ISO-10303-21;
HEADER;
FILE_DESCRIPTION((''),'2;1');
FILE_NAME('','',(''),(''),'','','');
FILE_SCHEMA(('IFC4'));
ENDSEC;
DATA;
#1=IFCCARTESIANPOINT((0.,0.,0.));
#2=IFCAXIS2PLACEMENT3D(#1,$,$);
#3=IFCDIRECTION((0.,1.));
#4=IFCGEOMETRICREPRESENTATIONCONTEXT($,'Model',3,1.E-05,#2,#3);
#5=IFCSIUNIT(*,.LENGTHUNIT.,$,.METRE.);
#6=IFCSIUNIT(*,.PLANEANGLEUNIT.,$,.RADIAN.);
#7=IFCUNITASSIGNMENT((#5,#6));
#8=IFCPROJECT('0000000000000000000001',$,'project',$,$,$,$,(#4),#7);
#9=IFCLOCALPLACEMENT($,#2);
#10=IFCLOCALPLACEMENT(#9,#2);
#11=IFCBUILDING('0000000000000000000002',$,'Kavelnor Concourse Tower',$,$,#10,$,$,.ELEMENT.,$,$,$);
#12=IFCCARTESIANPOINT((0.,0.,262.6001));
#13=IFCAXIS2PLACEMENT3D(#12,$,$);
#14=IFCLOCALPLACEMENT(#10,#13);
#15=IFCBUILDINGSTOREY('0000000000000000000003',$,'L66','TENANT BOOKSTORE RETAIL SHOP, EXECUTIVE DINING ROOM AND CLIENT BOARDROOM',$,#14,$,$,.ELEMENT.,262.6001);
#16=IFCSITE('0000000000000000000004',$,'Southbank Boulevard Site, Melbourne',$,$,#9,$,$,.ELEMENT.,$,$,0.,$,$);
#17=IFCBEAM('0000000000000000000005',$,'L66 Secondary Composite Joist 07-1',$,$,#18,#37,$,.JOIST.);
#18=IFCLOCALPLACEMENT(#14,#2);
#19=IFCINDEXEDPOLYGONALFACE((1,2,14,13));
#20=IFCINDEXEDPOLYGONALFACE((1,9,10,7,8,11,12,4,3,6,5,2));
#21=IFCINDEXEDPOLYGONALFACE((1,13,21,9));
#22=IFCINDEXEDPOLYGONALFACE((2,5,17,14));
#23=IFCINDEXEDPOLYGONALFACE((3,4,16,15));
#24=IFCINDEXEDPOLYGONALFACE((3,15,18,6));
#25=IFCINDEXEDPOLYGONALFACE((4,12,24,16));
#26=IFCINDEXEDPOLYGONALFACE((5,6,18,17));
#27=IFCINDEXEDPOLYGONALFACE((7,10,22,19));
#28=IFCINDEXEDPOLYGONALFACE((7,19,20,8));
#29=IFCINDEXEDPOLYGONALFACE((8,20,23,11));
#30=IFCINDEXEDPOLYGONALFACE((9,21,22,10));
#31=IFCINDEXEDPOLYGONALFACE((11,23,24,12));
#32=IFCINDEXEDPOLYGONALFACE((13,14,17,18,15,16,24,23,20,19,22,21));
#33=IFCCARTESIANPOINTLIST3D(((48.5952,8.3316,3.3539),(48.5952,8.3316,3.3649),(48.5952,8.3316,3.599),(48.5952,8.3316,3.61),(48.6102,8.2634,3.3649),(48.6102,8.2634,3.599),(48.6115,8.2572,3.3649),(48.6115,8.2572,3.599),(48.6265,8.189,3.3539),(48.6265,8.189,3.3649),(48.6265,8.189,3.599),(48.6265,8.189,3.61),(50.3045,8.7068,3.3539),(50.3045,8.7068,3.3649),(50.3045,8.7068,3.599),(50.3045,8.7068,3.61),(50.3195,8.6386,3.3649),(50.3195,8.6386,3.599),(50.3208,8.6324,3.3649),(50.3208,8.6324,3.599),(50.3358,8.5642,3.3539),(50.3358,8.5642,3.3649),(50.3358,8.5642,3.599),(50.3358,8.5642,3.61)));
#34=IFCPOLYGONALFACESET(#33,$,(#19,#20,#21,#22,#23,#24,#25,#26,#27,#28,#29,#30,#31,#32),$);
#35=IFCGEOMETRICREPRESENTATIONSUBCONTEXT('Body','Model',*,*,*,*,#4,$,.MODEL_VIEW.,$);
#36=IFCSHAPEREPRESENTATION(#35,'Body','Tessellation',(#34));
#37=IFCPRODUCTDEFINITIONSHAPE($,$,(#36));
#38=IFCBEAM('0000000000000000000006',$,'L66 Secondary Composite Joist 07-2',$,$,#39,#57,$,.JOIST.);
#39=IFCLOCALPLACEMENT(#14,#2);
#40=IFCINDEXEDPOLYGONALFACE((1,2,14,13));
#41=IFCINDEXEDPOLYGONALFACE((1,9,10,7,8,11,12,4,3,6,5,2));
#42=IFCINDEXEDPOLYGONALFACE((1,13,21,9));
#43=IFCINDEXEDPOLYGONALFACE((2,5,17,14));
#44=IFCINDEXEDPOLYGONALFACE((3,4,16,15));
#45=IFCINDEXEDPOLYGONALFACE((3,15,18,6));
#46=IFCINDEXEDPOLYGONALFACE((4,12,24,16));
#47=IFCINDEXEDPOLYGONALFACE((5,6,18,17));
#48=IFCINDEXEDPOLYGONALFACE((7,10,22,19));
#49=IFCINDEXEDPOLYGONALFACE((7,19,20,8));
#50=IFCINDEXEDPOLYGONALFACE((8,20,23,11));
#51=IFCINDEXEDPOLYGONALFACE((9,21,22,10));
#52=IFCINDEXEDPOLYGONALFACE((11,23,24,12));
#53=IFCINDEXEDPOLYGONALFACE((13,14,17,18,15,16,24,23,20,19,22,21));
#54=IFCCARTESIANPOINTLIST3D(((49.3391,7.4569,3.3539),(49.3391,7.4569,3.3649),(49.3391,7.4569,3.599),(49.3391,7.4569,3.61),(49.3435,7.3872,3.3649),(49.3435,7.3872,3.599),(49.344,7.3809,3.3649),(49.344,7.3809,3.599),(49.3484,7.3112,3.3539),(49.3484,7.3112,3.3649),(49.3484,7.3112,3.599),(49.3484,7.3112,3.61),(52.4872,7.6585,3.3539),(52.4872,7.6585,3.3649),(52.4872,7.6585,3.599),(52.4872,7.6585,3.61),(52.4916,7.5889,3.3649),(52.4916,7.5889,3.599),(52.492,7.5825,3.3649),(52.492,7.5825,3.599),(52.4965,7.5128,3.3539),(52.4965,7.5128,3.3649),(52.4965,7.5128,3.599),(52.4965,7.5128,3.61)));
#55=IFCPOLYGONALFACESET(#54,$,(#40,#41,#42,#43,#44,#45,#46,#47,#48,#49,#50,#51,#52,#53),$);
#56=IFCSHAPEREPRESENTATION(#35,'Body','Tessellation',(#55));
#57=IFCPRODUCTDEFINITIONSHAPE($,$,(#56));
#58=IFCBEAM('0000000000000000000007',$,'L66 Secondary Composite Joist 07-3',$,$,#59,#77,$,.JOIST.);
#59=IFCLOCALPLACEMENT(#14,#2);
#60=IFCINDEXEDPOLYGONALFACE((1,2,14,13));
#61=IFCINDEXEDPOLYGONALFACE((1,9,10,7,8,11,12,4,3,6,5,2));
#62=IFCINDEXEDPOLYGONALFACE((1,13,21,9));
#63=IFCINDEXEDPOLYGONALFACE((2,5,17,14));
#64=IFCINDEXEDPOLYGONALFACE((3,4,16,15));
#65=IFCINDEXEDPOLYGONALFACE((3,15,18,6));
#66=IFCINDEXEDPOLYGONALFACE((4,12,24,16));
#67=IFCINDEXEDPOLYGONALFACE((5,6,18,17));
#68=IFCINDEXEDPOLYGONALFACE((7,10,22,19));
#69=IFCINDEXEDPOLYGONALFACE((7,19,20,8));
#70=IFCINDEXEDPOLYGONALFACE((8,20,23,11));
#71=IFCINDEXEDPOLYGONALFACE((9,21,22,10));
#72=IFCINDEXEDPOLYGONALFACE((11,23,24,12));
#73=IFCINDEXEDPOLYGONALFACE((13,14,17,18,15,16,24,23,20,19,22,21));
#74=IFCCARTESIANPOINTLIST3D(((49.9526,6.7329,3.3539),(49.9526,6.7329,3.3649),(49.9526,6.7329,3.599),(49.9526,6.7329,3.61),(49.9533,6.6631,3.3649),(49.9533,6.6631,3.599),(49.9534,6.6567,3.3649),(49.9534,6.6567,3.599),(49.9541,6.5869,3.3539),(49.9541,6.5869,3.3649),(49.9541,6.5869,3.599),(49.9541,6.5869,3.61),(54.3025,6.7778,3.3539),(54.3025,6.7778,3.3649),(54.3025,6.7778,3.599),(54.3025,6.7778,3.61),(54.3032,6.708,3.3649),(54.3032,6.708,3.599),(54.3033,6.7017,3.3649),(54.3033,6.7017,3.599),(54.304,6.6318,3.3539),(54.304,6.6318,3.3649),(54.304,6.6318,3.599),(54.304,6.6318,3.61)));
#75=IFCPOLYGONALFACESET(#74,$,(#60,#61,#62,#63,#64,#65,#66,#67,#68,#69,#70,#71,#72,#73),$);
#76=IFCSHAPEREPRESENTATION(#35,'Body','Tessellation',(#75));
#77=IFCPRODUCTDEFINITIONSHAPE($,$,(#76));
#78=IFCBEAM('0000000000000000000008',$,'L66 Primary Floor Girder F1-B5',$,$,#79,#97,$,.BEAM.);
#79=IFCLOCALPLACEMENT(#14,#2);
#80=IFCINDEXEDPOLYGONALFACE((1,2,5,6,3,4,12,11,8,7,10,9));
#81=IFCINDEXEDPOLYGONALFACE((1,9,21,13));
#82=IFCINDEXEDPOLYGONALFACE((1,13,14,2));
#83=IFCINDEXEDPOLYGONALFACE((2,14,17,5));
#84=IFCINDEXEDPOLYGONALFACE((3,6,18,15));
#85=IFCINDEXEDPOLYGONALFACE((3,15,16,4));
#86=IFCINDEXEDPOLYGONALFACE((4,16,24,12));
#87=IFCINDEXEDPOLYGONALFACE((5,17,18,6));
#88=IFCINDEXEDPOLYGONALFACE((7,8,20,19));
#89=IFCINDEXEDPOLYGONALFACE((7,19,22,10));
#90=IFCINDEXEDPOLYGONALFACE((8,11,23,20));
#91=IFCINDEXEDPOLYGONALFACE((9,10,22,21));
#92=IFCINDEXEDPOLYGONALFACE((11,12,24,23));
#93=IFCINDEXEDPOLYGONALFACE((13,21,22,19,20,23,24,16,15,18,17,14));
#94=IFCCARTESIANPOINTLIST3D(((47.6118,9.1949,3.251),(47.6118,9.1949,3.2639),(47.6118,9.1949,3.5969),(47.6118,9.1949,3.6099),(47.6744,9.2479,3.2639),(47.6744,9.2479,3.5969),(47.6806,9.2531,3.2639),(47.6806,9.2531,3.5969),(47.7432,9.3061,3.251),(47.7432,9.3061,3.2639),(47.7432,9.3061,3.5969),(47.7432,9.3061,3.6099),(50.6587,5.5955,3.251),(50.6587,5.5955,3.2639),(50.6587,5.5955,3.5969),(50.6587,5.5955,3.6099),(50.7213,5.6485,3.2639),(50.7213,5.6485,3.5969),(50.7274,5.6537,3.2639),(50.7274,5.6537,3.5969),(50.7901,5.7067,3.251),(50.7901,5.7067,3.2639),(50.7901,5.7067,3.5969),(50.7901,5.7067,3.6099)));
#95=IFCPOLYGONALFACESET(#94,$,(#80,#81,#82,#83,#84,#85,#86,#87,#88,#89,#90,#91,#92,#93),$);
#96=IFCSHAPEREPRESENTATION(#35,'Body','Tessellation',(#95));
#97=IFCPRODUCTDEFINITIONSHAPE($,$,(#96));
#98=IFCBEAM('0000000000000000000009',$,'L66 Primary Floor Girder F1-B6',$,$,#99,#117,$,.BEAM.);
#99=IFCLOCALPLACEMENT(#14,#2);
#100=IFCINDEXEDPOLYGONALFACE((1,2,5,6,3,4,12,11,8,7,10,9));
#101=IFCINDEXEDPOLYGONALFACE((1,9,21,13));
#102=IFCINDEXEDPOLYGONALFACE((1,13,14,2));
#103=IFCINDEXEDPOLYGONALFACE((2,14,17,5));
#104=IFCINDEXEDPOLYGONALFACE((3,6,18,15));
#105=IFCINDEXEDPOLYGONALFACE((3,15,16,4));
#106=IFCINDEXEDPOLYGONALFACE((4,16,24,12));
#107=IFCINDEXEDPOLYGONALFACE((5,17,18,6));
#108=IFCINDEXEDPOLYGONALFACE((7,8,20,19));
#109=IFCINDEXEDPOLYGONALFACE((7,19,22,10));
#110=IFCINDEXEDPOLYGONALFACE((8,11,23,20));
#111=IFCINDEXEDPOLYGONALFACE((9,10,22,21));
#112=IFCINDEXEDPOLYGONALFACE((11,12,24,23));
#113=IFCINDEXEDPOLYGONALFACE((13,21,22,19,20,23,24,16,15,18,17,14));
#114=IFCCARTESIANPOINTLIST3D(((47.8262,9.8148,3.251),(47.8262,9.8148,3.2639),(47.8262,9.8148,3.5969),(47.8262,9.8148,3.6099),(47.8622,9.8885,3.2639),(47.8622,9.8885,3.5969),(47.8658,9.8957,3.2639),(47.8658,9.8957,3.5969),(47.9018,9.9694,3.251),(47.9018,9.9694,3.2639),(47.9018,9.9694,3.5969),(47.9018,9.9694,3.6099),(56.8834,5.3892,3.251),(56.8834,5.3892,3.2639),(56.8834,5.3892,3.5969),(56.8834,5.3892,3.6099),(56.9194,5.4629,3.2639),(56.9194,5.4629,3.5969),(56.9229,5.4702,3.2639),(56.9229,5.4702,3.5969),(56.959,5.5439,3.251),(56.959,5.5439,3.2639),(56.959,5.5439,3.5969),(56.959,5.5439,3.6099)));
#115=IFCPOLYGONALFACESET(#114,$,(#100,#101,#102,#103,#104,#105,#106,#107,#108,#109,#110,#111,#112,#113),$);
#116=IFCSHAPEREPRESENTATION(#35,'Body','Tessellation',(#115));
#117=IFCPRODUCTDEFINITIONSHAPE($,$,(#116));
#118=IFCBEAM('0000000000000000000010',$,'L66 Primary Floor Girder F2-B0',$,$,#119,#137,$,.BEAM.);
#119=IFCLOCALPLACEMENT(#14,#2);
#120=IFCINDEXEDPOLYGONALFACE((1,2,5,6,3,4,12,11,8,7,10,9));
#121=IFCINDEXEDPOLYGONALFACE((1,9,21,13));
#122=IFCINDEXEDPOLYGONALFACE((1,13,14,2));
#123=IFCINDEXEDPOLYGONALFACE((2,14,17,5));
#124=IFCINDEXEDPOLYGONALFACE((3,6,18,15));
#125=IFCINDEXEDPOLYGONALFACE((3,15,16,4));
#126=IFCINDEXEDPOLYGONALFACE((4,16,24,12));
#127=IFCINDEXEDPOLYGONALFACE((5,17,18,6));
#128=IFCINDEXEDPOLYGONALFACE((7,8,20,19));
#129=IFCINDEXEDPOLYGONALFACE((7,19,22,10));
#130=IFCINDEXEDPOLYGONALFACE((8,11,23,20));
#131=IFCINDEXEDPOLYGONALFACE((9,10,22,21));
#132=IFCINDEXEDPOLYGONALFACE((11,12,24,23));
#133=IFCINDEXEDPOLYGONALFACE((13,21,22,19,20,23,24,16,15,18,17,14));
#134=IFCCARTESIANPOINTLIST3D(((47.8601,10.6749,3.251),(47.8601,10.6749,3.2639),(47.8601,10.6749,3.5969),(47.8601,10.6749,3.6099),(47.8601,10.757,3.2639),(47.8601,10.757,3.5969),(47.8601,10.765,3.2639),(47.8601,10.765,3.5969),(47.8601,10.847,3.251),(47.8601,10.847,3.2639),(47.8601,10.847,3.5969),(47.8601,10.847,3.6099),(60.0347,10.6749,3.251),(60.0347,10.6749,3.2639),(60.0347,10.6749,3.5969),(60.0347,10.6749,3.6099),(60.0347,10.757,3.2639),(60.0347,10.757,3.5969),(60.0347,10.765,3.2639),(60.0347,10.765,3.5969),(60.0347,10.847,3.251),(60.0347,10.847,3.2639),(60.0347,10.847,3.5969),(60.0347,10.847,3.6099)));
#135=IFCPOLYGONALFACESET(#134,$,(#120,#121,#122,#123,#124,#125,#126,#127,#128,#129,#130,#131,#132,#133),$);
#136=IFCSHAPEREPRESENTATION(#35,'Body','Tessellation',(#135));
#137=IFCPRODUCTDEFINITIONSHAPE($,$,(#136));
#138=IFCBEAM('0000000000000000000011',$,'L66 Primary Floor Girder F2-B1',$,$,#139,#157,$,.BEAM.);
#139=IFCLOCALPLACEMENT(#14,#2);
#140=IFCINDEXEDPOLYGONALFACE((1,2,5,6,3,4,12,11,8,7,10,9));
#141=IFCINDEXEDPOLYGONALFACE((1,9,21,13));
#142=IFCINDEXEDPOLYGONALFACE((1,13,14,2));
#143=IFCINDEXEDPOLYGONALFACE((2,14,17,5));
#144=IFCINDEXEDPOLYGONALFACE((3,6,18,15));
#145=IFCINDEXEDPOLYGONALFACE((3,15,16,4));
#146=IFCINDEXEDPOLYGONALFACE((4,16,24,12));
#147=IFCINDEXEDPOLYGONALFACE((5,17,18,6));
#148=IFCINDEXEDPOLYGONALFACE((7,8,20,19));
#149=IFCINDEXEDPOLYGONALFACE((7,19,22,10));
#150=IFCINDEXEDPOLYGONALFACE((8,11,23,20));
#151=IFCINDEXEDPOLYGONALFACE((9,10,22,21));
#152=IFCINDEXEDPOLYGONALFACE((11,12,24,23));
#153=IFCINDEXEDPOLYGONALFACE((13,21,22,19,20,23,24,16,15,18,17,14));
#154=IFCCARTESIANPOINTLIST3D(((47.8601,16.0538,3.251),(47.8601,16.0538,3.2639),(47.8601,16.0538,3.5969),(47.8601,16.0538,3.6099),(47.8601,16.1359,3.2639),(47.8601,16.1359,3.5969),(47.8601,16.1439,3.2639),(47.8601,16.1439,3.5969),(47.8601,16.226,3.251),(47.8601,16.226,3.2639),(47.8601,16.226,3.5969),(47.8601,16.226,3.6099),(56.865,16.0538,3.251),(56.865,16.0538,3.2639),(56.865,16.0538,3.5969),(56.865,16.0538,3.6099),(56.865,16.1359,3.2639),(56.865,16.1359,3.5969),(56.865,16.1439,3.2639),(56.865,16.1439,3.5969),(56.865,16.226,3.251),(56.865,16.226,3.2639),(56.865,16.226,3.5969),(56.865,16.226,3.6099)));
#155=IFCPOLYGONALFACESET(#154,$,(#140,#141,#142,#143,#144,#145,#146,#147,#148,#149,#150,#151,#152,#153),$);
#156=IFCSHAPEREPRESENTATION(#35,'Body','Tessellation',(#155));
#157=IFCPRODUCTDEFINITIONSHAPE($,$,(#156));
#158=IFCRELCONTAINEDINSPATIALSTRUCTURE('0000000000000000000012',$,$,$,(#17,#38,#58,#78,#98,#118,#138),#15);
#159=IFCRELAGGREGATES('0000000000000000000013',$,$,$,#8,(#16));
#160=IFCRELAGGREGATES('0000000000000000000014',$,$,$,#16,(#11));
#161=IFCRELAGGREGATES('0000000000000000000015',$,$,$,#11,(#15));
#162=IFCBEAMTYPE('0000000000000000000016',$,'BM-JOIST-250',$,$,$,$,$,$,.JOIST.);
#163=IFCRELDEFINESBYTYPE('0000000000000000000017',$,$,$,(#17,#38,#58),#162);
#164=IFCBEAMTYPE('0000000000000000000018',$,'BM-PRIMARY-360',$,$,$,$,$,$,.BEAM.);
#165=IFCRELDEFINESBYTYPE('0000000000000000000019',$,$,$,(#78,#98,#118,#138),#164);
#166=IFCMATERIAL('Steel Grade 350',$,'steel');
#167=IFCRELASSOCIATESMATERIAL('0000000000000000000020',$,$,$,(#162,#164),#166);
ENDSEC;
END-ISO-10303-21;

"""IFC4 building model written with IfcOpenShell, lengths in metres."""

from ifc_helpers import new_model, si_unit, direction, frame, origin, origin_2d, place, context, subcontext, project, spatial, i_section, extrude, material, material_profile, profile_set, type_object, element, save


model = new_model("IFC4")

# Units and contexts
model_context = context("Model", 3, precision=1e-05, world=origin(), true_north=direction((0.0, 1.0)))
body_context = subcontext(model_context, "Body", "Model", "MODEL_VIEW")
ifc_project = project(units=[si_unit("LENGTHUNIT", "METRE"), si_unit("PLANEANGLEUNIT", "RADIAN")], contexts=[model_context])

# Site, building, storey
site_placement = place(None, origin())
site = spatial("IfcSite", under=ifc_project, at=site_placement, Name="Southbank Boulevard Site, Melbourne", CompositionType="ELEMENT", RefElevation=0.0)
building_placement = place(site_placement, origin())
building = spatial("IfcBuilding", under=site, at=building_placement, Name="Kavelnor Concourse Tower", CompositionType="ELEMENT")
storey_placement = place(building_placement, frame((0.0, 0.0, 262.6001)))
storey = spatial("IfcBuildingStorey", under=building, at=storey_placement, Name="L66", Description="TENANT BOOKSTORE RETAIL SHOP, EXECUTIVE DINING ROOM AND CLIENT BOARDROOM", CompositionType="ELEMENT", Elevation=262.6001)

# Beams
ifc_material_1 = material(Name="Steel Grade 350", Category="steel")
ifc_material_profile_1 = material_profile(ifc_material_1, i_section(OverallWidth=0.146, OverallDepth=0.2561, WebThickness=0.0063, FlangeThickness=0.011, at=origin_2d()), Name="250UB37")
ifc_profile_set_1 = profile_set([ifc_material_profile_1], Name="Steel Grade 350")
beam_type_1 = type_object("IfcBeamType", Name="BM-JOIST-250", PredefinedType="JOIST", material=ifc_profile_set_1)
beam_1_placement = place(storey_placement, frame((48.6108, 8.2603, 3.4819), z_axis=(0.976739, 0.214433, 0.0), x_axis=(-0.214433, 0.976739, 0.0)))
element("IfcBeam", 1, at=beam_1_placement, inside=storey, type_object=beam_type_1, Name="L66 Secondary Composite Joist 07-1", PredefinedType="JOIST", context=body_context, shape_type="SweptSolid", body=[
    extrude(i_section(OverallWidth=0.146, OverallDepth=0.2561, WebThickness=0.0063, FlangeThickness=0.011, at=origin_2d()), origin(), (0.0, 0.0, 1.0), 1.75),
])
beam_2_placement = place(storey_placement, frame((49.3438, 7.384, 3.4819), z_axis=(0.997955, 0.063925, 0.0), x_axis=(-0.063925, 0.997955, 0.0)))
element("IfcBeam", 2, at=beam_2_placement, inside=storey, type_object=beam_type_1, Name="L66 Secondary Composite Joist 07-2", PredefinedType="JOIST", context=body_context, shape_type="SweptSolid", body=[
    extrude(i_section(OverallWidth=0.146, OverallDepth=0.2561, WebThickness=0.0063, FlangeThickness=0.011, at=origin_2d()), origin(), (0.0, 0.0, 1.0), 3.1545),
])
beam_3_placement = place(storey_placement, frame((49.9534, 6.6599, 3.4819), z_axis=(0.999947, 0.010327, 0.0), x_axis=(-0.010327, 0.999947, 0.0)))
element("IfcBeam", 3, at=beam_3_placement, inside=storey, type_object=beam_type_1, Name="L66 Secondary Composite Joist 07-3", PredefinedType="JOIST", context=body_context, shape_type="SweptSolid", body=[
    extrude(i_section(OverallWidth=0.146, OverallDepth=0.2561, WebThickness=0.0063, FlangeThickness=0.011, at=origin_2d()), origin(), (0.0, 0.0, 1.0), 4.3501),
])
ifc_material_profile_2 = material_profile(ifc_material_1, i_section(OverallWidth=0.1721, OverallDepth=0.3589, WebThickness=0.0081, FlangeThickness=0.0129, at=origin_2d()), Name="360UB56")
ifc_profile_set_2 = profile_set([ifc_material_profile_2], Name="Steel Grade 350")
beam_type_2 = type_object("IfcBeamType", Name="BM-PRIMARY-360", PredefinedType="BEAM", material=ifc_profile_set_2)
beam_4_placement = place(storey_placement, frame((47.6775, 9.2505, 3.4304), z_axis=(0.646098, -0.763255, 0.0), x_axis=(0.763255, 0.646098, 0.0)))
element("IfcBeam", 4, at=beam_4_placement, inside=storey, type_object=beam_type_2, Name="L66 Primary Floor Girder F1-B5", PredefinedType="BEAM", context=body_context, shape_type="SweptSolid", body=[
    extrude(i_section(OverallWidth=0.1721, OverallDepth=0.3589, WebThickness=0.0081, FlangeThickness=0.0129, at=origin_2d()), origin(), (0.0, 0.0, 1.0), 4.7158),
])
beam_5_placement = place(storey_placement, frame((47.864, 9.8921, 3.4304), z_axis=(0.898478, -0.439019, 0.0), x_axis=(0.439019, 0.898478, 0.0)))
element("IfcBeam", 5, at=beam_5_placement, inside=storey, type_object=beam_type_2, Name="L66 Primary Floor Girder F1-B6", PredefinedType="BEAM", context=body_context, shape_type="SweptSolid", body=[
    extrude(i_section(OverallWidth=0.1721, OverallDepth=0.3589, WebThickness=0.0081, FlangeThickness=0.0129, at=origin_2d()), origin(), (0.0, 0.0, 1.0), 10.0806),
])
beam_6_placement = place(storey_placement, frame((47.8601, 10.761, 3.4304), z_axis=(1.0, 0.0, 0.0), x_axis=(0.0, 1.0, 0.0)))
element("IfcBeam", 6, at=beam_6_placement, inside=storey, type_object=beam_type_2, Name="L66 Primary Floor Girder F2-B0", PredefinedType="BEAM", context=body_context, shape_type="SweptSolid", body=[
    extrude(i_section(OverallWidth=0.1721, OverallDepth=0.3589, WebThickness=0.0081, FlangeThickness=0.0129, at=origin_2d()), origin(), (0.0, 0.0, 1.0), 12.1746),
])
beam_7_placement = place(storey_placement, frame((47.8601, 16.1399, 3.4304), z_axis=(1.0, 0.0, 0.0), x_axis=(0.0, 1.0, 0.0)))
element("IfcBeam", 7, at=beam_7_placement, inside=storey, type_object=beam_type_2, Name="L66 Primary Floor Girder F2-B1", PredefinedType="BEAM", context=body_context, shape_type="SweptSolid", body=[
    extrude(i_section(OverallWidth=0.1721, OverallDepth=0.3589, WebThickness=0.0081, FlangeThickness=0.0129, at=origin_2d()), origin(), (0.0, 0.0, 1.0), 9.0049),
])

save(model, "model.ifc")
